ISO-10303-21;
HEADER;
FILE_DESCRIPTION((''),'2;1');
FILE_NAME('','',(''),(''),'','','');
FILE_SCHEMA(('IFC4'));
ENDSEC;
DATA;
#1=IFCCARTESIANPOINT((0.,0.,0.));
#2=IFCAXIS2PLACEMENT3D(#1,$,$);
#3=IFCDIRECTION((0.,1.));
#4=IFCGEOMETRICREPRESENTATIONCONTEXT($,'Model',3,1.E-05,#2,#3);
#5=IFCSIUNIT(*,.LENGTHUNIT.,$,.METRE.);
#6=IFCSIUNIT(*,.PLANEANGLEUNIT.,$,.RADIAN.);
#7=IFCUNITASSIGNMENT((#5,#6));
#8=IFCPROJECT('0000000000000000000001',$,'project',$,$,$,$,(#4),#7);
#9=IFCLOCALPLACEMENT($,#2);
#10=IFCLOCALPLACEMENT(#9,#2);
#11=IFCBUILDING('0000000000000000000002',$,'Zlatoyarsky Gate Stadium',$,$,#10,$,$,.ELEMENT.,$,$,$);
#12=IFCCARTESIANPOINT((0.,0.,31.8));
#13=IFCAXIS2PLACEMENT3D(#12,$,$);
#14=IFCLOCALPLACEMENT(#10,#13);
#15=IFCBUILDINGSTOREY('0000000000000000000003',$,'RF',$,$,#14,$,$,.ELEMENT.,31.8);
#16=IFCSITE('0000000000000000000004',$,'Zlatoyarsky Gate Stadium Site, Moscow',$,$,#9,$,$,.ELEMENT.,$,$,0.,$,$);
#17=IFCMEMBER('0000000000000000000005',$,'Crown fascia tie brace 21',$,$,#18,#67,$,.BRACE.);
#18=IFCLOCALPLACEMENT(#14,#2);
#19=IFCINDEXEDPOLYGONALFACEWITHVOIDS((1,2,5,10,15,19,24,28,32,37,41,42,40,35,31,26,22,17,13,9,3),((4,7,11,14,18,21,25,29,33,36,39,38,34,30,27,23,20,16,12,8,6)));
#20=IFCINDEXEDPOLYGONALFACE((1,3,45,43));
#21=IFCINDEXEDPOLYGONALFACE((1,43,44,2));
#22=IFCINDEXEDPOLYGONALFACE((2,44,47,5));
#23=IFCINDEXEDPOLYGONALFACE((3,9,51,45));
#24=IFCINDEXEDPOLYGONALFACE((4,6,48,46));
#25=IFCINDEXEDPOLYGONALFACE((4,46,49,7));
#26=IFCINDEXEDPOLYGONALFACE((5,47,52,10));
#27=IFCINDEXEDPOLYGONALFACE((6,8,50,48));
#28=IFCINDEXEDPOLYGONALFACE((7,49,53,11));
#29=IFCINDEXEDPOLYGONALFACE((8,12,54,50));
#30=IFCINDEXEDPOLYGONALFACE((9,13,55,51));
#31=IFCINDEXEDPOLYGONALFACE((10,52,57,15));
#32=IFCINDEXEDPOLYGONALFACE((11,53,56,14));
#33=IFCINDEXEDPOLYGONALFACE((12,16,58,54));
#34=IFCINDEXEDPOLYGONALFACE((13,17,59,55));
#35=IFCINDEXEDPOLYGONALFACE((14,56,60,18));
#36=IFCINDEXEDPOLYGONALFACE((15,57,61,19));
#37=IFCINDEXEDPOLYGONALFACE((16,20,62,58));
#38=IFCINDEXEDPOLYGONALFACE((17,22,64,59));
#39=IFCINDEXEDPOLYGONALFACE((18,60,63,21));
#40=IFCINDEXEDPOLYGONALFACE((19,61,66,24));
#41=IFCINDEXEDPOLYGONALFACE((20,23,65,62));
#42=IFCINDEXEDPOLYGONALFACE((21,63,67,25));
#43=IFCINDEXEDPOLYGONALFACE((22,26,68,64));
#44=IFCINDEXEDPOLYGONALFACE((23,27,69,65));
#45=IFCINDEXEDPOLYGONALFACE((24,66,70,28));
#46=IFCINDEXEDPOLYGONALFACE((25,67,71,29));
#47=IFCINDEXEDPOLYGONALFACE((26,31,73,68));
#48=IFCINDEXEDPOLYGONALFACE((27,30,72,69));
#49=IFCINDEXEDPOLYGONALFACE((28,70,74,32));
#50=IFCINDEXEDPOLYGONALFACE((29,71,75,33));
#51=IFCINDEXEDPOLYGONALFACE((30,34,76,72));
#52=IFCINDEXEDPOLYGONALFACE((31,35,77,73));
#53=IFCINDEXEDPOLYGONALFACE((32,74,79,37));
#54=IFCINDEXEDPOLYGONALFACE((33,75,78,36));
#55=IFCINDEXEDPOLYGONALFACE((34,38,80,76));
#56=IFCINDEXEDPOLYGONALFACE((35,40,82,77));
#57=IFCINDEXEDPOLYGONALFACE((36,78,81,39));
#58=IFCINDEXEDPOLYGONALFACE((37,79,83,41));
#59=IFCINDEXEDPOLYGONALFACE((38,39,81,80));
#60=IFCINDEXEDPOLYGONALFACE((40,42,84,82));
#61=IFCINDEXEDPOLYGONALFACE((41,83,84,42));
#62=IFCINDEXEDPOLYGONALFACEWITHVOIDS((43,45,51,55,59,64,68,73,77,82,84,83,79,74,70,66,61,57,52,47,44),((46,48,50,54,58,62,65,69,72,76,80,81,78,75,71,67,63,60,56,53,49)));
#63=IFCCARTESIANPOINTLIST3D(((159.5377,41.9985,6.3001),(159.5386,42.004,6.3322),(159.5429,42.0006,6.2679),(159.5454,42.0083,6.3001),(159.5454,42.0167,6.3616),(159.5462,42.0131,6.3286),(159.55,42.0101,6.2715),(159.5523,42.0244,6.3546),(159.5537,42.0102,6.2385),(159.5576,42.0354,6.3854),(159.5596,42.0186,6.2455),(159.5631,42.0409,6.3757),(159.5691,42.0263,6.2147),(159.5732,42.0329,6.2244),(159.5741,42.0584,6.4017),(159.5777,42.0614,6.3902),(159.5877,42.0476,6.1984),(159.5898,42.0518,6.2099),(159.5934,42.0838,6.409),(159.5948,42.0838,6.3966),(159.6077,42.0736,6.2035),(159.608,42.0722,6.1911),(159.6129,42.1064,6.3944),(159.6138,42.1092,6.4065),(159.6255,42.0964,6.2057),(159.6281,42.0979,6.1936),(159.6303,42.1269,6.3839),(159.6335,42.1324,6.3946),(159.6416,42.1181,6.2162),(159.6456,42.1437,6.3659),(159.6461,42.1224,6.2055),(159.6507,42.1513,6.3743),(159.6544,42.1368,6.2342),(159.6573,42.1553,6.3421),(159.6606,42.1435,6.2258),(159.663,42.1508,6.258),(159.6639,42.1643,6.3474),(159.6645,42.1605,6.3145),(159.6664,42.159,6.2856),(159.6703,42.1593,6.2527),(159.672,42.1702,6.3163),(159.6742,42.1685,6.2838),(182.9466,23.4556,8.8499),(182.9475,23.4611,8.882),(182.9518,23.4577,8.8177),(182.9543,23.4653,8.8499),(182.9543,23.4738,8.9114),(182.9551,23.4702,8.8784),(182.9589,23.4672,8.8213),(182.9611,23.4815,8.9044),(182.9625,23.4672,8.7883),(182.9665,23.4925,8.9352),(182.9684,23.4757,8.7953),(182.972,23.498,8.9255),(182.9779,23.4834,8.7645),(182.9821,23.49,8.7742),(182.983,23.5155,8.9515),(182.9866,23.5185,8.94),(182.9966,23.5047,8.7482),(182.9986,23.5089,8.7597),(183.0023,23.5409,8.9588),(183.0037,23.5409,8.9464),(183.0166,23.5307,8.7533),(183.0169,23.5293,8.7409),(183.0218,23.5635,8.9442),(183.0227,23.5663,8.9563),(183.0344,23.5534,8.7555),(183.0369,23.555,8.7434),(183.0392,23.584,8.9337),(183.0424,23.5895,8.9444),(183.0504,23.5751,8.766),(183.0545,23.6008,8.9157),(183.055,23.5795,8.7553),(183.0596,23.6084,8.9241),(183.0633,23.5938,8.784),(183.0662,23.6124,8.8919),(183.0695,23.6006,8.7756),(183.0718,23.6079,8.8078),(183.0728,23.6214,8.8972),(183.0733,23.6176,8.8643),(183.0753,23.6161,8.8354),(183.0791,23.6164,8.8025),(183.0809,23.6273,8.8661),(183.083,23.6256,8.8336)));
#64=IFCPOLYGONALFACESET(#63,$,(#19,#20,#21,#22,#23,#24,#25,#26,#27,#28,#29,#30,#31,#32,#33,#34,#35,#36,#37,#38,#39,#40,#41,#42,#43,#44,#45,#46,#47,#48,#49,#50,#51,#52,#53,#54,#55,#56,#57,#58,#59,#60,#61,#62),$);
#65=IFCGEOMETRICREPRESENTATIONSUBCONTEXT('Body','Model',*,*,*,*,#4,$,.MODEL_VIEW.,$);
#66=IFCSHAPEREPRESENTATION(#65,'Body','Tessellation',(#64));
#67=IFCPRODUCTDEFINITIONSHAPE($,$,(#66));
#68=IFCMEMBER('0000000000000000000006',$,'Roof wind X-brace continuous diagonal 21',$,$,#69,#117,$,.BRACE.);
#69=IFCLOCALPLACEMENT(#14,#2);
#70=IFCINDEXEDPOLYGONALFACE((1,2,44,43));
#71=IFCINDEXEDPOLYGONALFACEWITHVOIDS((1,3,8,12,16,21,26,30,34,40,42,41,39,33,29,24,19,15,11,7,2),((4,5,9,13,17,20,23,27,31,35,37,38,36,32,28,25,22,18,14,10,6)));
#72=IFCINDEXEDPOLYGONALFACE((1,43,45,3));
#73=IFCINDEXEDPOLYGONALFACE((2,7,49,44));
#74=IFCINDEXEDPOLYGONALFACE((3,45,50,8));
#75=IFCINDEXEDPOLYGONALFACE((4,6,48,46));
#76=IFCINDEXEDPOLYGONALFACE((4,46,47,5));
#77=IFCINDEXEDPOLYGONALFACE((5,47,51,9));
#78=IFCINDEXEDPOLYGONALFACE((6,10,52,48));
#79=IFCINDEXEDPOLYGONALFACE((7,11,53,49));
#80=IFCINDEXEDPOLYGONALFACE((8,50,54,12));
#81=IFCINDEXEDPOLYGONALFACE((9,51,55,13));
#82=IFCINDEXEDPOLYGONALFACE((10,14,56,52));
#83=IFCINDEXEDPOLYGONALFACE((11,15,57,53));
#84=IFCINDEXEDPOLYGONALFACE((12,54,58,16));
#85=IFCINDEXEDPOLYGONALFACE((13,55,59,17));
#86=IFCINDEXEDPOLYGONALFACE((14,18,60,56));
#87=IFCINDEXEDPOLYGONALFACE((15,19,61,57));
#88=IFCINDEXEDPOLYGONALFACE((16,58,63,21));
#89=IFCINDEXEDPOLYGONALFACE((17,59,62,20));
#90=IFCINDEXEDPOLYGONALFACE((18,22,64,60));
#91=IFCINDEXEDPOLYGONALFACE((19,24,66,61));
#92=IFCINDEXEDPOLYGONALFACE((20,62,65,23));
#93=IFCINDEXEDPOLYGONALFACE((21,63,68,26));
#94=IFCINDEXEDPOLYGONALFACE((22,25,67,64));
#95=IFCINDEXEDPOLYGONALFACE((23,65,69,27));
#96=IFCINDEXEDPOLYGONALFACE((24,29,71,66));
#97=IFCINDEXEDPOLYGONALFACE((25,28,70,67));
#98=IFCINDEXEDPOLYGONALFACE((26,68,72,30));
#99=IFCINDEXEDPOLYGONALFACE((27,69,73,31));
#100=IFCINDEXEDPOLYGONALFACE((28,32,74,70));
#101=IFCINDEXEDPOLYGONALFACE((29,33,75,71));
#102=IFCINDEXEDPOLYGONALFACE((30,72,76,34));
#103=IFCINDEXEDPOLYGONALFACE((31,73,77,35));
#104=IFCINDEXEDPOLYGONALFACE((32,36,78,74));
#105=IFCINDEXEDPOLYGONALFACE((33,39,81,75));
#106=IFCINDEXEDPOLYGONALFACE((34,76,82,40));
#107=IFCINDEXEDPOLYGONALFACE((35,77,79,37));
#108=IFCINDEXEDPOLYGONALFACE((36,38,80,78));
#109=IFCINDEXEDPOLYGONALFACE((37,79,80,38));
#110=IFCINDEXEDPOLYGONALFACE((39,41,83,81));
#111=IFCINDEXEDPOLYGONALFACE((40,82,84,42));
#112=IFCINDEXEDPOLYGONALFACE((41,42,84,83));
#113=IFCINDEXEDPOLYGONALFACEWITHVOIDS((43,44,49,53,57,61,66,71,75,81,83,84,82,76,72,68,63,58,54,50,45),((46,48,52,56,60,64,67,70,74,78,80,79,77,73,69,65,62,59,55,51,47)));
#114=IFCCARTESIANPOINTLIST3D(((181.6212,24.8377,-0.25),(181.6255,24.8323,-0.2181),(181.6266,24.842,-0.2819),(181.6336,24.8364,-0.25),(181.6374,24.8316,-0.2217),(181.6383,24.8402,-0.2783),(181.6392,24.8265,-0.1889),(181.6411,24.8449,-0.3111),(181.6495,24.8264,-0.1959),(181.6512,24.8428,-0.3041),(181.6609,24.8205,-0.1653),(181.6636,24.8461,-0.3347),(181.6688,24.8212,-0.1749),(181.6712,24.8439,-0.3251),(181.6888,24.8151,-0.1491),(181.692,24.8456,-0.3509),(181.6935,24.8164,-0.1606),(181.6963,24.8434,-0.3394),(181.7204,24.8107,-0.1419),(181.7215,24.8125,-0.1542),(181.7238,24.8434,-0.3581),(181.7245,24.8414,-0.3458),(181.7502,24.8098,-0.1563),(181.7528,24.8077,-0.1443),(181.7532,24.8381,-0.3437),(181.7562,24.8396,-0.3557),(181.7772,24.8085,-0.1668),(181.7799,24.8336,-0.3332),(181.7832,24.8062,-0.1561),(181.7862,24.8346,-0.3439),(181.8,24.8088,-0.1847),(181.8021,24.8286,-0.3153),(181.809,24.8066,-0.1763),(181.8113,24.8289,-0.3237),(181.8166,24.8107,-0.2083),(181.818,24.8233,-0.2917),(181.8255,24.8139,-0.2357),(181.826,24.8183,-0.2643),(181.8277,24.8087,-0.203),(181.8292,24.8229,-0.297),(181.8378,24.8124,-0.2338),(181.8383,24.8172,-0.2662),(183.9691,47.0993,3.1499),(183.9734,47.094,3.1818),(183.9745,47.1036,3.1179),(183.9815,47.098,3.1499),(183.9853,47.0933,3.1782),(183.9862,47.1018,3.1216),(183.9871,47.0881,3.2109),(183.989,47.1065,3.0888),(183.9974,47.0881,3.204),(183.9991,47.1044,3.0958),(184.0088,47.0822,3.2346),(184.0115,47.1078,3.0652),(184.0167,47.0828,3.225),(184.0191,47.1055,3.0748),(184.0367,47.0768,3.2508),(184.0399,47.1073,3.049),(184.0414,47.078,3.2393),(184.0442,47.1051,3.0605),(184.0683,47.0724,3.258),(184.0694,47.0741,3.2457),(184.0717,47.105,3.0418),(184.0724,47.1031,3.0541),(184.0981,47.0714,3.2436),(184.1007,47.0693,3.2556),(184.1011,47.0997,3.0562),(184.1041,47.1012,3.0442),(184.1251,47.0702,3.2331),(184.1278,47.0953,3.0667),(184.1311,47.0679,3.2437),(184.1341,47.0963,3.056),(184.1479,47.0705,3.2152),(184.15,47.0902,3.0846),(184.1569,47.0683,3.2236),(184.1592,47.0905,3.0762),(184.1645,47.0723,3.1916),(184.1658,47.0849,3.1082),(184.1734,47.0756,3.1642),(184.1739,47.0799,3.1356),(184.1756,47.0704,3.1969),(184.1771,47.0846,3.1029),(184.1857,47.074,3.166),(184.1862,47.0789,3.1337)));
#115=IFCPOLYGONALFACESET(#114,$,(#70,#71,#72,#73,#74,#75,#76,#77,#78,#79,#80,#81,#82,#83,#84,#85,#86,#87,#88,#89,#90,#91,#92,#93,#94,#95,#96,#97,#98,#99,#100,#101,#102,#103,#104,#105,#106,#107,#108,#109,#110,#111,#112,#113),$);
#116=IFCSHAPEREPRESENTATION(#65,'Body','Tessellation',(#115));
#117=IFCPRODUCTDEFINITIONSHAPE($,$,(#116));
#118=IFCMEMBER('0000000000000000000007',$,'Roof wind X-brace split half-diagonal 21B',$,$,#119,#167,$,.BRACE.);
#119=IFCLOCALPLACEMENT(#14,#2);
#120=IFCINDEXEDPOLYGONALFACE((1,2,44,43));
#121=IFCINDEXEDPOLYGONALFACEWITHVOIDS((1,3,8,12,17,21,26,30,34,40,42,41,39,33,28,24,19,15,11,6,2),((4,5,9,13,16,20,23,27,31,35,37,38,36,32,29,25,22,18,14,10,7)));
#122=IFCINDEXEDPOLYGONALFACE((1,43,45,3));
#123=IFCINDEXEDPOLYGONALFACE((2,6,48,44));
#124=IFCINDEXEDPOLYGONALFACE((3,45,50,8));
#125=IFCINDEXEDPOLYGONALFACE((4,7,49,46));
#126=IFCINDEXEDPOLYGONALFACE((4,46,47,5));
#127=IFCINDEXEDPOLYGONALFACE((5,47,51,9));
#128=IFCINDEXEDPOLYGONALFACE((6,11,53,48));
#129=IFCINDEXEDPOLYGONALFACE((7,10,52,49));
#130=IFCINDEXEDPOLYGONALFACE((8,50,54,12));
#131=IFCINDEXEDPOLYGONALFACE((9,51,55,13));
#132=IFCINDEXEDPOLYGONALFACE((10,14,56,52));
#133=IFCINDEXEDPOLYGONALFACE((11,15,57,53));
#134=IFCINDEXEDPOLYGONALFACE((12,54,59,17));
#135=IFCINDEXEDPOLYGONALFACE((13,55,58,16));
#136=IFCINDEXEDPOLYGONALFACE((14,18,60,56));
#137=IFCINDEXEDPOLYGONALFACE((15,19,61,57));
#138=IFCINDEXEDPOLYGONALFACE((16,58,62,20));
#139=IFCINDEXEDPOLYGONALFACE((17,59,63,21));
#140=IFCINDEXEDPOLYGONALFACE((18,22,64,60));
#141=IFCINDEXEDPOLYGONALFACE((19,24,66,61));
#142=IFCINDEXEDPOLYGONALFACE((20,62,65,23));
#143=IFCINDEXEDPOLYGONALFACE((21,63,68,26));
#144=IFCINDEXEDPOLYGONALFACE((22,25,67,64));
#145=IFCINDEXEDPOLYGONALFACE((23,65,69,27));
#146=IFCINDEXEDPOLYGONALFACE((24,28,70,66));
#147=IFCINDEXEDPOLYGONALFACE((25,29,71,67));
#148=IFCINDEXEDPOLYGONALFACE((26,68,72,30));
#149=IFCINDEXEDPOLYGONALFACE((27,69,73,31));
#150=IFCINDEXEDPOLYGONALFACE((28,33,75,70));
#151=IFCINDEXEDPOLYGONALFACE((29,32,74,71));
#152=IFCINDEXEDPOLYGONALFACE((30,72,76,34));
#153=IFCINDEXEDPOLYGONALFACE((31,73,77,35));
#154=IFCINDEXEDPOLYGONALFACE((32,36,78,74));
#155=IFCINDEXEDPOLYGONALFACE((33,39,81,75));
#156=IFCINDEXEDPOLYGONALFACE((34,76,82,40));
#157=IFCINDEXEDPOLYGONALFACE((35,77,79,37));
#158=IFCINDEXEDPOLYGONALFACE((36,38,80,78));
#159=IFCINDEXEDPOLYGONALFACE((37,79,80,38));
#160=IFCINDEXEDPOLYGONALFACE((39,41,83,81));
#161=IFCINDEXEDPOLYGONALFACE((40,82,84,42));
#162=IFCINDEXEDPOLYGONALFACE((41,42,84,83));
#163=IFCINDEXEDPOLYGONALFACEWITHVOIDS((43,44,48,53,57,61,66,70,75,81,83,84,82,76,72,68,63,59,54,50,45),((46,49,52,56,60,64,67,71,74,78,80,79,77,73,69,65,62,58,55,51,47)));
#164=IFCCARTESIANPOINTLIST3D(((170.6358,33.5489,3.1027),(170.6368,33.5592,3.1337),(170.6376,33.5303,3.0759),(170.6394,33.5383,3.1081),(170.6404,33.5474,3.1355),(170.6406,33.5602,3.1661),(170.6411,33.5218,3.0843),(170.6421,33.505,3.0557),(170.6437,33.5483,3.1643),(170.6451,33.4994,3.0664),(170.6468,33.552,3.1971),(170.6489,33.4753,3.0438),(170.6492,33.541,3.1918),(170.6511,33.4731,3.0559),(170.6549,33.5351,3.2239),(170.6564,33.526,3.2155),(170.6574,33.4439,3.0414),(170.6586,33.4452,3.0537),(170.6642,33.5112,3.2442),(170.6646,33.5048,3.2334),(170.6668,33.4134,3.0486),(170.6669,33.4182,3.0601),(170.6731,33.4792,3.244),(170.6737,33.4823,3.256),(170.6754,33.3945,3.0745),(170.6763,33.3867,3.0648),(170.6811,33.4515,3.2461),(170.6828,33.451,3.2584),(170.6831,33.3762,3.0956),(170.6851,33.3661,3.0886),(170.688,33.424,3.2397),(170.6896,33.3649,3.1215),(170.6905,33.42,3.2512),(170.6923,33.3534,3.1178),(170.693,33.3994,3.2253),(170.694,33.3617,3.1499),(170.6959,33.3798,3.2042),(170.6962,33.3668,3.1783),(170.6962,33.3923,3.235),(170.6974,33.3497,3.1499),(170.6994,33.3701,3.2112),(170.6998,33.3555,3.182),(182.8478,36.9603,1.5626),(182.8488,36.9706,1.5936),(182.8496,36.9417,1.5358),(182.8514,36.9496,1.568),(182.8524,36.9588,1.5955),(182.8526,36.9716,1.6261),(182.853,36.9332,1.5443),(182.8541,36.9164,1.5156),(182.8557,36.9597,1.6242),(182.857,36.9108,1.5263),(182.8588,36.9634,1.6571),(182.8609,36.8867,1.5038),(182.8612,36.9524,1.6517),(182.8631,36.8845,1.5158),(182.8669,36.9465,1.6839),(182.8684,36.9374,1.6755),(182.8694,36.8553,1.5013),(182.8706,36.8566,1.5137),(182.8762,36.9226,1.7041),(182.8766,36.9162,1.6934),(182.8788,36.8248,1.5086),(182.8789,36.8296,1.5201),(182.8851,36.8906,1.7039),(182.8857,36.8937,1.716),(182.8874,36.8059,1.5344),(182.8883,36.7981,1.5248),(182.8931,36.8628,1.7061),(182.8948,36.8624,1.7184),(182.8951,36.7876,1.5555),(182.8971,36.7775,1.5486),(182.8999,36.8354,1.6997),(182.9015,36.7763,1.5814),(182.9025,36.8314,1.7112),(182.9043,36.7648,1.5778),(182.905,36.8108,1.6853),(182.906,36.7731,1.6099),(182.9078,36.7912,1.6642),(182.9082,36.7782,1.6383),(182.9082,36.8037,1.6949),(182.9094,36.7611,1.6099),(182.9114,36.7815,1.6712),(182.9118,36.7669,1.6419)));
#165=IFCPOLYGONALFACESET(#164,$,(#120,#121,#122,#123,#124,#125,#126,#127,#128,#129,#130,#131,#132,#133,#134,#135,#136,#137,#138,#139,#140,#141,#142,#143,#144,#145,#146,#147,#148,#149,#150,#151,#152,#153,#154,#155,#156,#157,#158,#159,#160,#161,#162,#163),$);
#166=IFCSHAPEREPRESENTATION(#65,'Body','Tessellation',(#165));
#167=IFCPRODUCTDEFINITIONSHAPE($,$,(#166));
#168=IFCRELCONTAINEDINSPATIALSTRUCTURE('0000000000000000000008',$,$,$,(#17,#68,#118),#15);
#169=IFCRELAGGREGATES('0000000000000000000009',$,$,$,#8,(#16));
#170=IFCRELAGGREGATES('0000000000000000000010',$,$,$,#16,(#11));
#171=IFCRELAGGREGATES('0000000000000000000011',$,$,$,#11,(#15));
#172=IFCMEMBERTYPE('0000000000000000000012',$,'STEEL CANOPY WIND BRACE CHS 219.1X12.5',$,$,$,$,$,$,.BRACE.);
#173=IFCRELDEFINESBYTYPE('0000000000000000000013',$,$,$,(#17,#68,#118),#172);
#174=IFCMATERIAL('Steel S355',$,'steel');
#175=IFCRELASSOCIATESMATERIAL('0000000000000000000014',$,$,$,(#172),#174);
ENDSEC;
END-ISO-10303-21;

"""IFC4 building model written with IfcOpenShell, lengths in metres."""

from ifc_helpers import new_model, si_unit, direction, frame, origin, origin_2d, place, context, subcontext, project, spatial, hollow_circle, extrude, material, material_profile, profile_set, type_object, element, save


model = new_model("IFC4")

# Units and contexts
model_context = context("Model", 3, precision=1e-05, world=origin(), true_north=direction((0.0, 1.0)))
body_context = subcontext(model_context, "Body", "Model", "MODEL_VIEW")
ifc_project = project(units=[si_unit("LENGTHUNIT", "METRE"), si_unit("PLANEANGLEUNIT", "RADIAN")], contexts=[model_context])

# Site, building, storey
site_placement = place(None, origin())
site = spatial("IfcSite", under=ifc_project, at=site_placement, Name="Zlatoyarsky Gate Stadium Site, Moscow", CompositionType="ELEMENT", RefElevation=0.0)
building_placement = place(site_placement, origin())
building = spatial("IfcBuilding", under=site, at=building_placement, Name="Zlatoyarsky Gate Stadium", CompositionType="ELEMENT")
storey_placement = place(building_placement, frame((0.0, 0.0, 31.8)))
storey = spatial("IfcBuildingStorey", under=building, at=storey_placement, Name="RF", CompositionType="ELEMENT", Elevation=31.8)

# Members
ifc_material_1 = material(Name="Steel S355", Category="steel")
ifc_material_profile_1 = material_profile(ifc_material_1, hollow_circle(Radius=0.1096, WallThickness=0.0125, at=origin_2d()), Name="CHS 219.1X12.5")
ifc_profile_set_1 = profile_set([ifc_material_profile_1], Name="Steel S355")
member_type_1 = type_object("IfcMemberType", Name="STEEL CANOPY WIND BRACE CHS 219.1X12.5", PredefinedType="BRACE", material=ifc_profile_set_1)
member_1_placement = place(storey_placement, frame((183.0146, 23.5415, 8.8499), z_axis=(-0.781027, 0.618676, -0.085073), x_axis=(-0.620927, -0.783868, 0.0)))
element("IfcMember", 1, at=member_1_placement, inside=storey, type_object=member_type_1, Name="Crown fascia tie brace 21", PredefinedType="BRACE", context=body_context, shape_type="SweptSolid", body=[
    extrude(hollow_circle(Radius=0.1096, WallThickness=0.0125, at=origin_2d()), origin(), (0.0, 0.0, 1.0), 29.9719),
])
member_2_placement = place(storey_placement, frame((181.7302, 24.8262, -0.25), z_axis=(0.103697, 0.983209, 0.15016), x_axis=(-0.994484, 0.104886, 0.0)))
element("IfcMember", 2, at=member_2_placement, inside=storey, type_object=member_type_1, Name="Roof wind X-brace continuous diagonal 21", PredefinedType="BRACE", context=body_context, shape_type="SweptSolid", body=[
    extrude(hollow_circle(Radius=0.1096, WallThickness=0.0125, at=origin_2d()), origin(), (0.0, 0.0, 1.0), 22.6418),
])
member_3_placement = place(storey_placement, frame((182.8799, 36.8667, 1.6099), z_axis=(-0.9561, -0.267085, 0.120573), x_axis=(0.269048, -0.963127, 0.0)))
element("IfcMember", 3, at=member_3_placement, inside=storey, type_object=member_type_1, Name="Roof wind X-brace split half-diagonal 21B", PredefinedType="BRACE", context=body_context, shape_type="SweptSolid", body=[
    extrude(hollow_circle(Radius=0.1096, WallThickness=0.0125, at=origin_2d()), origin(), (0.0, 0.0, 1.0), 12.7727),
])

save(model, "model.ifc")
